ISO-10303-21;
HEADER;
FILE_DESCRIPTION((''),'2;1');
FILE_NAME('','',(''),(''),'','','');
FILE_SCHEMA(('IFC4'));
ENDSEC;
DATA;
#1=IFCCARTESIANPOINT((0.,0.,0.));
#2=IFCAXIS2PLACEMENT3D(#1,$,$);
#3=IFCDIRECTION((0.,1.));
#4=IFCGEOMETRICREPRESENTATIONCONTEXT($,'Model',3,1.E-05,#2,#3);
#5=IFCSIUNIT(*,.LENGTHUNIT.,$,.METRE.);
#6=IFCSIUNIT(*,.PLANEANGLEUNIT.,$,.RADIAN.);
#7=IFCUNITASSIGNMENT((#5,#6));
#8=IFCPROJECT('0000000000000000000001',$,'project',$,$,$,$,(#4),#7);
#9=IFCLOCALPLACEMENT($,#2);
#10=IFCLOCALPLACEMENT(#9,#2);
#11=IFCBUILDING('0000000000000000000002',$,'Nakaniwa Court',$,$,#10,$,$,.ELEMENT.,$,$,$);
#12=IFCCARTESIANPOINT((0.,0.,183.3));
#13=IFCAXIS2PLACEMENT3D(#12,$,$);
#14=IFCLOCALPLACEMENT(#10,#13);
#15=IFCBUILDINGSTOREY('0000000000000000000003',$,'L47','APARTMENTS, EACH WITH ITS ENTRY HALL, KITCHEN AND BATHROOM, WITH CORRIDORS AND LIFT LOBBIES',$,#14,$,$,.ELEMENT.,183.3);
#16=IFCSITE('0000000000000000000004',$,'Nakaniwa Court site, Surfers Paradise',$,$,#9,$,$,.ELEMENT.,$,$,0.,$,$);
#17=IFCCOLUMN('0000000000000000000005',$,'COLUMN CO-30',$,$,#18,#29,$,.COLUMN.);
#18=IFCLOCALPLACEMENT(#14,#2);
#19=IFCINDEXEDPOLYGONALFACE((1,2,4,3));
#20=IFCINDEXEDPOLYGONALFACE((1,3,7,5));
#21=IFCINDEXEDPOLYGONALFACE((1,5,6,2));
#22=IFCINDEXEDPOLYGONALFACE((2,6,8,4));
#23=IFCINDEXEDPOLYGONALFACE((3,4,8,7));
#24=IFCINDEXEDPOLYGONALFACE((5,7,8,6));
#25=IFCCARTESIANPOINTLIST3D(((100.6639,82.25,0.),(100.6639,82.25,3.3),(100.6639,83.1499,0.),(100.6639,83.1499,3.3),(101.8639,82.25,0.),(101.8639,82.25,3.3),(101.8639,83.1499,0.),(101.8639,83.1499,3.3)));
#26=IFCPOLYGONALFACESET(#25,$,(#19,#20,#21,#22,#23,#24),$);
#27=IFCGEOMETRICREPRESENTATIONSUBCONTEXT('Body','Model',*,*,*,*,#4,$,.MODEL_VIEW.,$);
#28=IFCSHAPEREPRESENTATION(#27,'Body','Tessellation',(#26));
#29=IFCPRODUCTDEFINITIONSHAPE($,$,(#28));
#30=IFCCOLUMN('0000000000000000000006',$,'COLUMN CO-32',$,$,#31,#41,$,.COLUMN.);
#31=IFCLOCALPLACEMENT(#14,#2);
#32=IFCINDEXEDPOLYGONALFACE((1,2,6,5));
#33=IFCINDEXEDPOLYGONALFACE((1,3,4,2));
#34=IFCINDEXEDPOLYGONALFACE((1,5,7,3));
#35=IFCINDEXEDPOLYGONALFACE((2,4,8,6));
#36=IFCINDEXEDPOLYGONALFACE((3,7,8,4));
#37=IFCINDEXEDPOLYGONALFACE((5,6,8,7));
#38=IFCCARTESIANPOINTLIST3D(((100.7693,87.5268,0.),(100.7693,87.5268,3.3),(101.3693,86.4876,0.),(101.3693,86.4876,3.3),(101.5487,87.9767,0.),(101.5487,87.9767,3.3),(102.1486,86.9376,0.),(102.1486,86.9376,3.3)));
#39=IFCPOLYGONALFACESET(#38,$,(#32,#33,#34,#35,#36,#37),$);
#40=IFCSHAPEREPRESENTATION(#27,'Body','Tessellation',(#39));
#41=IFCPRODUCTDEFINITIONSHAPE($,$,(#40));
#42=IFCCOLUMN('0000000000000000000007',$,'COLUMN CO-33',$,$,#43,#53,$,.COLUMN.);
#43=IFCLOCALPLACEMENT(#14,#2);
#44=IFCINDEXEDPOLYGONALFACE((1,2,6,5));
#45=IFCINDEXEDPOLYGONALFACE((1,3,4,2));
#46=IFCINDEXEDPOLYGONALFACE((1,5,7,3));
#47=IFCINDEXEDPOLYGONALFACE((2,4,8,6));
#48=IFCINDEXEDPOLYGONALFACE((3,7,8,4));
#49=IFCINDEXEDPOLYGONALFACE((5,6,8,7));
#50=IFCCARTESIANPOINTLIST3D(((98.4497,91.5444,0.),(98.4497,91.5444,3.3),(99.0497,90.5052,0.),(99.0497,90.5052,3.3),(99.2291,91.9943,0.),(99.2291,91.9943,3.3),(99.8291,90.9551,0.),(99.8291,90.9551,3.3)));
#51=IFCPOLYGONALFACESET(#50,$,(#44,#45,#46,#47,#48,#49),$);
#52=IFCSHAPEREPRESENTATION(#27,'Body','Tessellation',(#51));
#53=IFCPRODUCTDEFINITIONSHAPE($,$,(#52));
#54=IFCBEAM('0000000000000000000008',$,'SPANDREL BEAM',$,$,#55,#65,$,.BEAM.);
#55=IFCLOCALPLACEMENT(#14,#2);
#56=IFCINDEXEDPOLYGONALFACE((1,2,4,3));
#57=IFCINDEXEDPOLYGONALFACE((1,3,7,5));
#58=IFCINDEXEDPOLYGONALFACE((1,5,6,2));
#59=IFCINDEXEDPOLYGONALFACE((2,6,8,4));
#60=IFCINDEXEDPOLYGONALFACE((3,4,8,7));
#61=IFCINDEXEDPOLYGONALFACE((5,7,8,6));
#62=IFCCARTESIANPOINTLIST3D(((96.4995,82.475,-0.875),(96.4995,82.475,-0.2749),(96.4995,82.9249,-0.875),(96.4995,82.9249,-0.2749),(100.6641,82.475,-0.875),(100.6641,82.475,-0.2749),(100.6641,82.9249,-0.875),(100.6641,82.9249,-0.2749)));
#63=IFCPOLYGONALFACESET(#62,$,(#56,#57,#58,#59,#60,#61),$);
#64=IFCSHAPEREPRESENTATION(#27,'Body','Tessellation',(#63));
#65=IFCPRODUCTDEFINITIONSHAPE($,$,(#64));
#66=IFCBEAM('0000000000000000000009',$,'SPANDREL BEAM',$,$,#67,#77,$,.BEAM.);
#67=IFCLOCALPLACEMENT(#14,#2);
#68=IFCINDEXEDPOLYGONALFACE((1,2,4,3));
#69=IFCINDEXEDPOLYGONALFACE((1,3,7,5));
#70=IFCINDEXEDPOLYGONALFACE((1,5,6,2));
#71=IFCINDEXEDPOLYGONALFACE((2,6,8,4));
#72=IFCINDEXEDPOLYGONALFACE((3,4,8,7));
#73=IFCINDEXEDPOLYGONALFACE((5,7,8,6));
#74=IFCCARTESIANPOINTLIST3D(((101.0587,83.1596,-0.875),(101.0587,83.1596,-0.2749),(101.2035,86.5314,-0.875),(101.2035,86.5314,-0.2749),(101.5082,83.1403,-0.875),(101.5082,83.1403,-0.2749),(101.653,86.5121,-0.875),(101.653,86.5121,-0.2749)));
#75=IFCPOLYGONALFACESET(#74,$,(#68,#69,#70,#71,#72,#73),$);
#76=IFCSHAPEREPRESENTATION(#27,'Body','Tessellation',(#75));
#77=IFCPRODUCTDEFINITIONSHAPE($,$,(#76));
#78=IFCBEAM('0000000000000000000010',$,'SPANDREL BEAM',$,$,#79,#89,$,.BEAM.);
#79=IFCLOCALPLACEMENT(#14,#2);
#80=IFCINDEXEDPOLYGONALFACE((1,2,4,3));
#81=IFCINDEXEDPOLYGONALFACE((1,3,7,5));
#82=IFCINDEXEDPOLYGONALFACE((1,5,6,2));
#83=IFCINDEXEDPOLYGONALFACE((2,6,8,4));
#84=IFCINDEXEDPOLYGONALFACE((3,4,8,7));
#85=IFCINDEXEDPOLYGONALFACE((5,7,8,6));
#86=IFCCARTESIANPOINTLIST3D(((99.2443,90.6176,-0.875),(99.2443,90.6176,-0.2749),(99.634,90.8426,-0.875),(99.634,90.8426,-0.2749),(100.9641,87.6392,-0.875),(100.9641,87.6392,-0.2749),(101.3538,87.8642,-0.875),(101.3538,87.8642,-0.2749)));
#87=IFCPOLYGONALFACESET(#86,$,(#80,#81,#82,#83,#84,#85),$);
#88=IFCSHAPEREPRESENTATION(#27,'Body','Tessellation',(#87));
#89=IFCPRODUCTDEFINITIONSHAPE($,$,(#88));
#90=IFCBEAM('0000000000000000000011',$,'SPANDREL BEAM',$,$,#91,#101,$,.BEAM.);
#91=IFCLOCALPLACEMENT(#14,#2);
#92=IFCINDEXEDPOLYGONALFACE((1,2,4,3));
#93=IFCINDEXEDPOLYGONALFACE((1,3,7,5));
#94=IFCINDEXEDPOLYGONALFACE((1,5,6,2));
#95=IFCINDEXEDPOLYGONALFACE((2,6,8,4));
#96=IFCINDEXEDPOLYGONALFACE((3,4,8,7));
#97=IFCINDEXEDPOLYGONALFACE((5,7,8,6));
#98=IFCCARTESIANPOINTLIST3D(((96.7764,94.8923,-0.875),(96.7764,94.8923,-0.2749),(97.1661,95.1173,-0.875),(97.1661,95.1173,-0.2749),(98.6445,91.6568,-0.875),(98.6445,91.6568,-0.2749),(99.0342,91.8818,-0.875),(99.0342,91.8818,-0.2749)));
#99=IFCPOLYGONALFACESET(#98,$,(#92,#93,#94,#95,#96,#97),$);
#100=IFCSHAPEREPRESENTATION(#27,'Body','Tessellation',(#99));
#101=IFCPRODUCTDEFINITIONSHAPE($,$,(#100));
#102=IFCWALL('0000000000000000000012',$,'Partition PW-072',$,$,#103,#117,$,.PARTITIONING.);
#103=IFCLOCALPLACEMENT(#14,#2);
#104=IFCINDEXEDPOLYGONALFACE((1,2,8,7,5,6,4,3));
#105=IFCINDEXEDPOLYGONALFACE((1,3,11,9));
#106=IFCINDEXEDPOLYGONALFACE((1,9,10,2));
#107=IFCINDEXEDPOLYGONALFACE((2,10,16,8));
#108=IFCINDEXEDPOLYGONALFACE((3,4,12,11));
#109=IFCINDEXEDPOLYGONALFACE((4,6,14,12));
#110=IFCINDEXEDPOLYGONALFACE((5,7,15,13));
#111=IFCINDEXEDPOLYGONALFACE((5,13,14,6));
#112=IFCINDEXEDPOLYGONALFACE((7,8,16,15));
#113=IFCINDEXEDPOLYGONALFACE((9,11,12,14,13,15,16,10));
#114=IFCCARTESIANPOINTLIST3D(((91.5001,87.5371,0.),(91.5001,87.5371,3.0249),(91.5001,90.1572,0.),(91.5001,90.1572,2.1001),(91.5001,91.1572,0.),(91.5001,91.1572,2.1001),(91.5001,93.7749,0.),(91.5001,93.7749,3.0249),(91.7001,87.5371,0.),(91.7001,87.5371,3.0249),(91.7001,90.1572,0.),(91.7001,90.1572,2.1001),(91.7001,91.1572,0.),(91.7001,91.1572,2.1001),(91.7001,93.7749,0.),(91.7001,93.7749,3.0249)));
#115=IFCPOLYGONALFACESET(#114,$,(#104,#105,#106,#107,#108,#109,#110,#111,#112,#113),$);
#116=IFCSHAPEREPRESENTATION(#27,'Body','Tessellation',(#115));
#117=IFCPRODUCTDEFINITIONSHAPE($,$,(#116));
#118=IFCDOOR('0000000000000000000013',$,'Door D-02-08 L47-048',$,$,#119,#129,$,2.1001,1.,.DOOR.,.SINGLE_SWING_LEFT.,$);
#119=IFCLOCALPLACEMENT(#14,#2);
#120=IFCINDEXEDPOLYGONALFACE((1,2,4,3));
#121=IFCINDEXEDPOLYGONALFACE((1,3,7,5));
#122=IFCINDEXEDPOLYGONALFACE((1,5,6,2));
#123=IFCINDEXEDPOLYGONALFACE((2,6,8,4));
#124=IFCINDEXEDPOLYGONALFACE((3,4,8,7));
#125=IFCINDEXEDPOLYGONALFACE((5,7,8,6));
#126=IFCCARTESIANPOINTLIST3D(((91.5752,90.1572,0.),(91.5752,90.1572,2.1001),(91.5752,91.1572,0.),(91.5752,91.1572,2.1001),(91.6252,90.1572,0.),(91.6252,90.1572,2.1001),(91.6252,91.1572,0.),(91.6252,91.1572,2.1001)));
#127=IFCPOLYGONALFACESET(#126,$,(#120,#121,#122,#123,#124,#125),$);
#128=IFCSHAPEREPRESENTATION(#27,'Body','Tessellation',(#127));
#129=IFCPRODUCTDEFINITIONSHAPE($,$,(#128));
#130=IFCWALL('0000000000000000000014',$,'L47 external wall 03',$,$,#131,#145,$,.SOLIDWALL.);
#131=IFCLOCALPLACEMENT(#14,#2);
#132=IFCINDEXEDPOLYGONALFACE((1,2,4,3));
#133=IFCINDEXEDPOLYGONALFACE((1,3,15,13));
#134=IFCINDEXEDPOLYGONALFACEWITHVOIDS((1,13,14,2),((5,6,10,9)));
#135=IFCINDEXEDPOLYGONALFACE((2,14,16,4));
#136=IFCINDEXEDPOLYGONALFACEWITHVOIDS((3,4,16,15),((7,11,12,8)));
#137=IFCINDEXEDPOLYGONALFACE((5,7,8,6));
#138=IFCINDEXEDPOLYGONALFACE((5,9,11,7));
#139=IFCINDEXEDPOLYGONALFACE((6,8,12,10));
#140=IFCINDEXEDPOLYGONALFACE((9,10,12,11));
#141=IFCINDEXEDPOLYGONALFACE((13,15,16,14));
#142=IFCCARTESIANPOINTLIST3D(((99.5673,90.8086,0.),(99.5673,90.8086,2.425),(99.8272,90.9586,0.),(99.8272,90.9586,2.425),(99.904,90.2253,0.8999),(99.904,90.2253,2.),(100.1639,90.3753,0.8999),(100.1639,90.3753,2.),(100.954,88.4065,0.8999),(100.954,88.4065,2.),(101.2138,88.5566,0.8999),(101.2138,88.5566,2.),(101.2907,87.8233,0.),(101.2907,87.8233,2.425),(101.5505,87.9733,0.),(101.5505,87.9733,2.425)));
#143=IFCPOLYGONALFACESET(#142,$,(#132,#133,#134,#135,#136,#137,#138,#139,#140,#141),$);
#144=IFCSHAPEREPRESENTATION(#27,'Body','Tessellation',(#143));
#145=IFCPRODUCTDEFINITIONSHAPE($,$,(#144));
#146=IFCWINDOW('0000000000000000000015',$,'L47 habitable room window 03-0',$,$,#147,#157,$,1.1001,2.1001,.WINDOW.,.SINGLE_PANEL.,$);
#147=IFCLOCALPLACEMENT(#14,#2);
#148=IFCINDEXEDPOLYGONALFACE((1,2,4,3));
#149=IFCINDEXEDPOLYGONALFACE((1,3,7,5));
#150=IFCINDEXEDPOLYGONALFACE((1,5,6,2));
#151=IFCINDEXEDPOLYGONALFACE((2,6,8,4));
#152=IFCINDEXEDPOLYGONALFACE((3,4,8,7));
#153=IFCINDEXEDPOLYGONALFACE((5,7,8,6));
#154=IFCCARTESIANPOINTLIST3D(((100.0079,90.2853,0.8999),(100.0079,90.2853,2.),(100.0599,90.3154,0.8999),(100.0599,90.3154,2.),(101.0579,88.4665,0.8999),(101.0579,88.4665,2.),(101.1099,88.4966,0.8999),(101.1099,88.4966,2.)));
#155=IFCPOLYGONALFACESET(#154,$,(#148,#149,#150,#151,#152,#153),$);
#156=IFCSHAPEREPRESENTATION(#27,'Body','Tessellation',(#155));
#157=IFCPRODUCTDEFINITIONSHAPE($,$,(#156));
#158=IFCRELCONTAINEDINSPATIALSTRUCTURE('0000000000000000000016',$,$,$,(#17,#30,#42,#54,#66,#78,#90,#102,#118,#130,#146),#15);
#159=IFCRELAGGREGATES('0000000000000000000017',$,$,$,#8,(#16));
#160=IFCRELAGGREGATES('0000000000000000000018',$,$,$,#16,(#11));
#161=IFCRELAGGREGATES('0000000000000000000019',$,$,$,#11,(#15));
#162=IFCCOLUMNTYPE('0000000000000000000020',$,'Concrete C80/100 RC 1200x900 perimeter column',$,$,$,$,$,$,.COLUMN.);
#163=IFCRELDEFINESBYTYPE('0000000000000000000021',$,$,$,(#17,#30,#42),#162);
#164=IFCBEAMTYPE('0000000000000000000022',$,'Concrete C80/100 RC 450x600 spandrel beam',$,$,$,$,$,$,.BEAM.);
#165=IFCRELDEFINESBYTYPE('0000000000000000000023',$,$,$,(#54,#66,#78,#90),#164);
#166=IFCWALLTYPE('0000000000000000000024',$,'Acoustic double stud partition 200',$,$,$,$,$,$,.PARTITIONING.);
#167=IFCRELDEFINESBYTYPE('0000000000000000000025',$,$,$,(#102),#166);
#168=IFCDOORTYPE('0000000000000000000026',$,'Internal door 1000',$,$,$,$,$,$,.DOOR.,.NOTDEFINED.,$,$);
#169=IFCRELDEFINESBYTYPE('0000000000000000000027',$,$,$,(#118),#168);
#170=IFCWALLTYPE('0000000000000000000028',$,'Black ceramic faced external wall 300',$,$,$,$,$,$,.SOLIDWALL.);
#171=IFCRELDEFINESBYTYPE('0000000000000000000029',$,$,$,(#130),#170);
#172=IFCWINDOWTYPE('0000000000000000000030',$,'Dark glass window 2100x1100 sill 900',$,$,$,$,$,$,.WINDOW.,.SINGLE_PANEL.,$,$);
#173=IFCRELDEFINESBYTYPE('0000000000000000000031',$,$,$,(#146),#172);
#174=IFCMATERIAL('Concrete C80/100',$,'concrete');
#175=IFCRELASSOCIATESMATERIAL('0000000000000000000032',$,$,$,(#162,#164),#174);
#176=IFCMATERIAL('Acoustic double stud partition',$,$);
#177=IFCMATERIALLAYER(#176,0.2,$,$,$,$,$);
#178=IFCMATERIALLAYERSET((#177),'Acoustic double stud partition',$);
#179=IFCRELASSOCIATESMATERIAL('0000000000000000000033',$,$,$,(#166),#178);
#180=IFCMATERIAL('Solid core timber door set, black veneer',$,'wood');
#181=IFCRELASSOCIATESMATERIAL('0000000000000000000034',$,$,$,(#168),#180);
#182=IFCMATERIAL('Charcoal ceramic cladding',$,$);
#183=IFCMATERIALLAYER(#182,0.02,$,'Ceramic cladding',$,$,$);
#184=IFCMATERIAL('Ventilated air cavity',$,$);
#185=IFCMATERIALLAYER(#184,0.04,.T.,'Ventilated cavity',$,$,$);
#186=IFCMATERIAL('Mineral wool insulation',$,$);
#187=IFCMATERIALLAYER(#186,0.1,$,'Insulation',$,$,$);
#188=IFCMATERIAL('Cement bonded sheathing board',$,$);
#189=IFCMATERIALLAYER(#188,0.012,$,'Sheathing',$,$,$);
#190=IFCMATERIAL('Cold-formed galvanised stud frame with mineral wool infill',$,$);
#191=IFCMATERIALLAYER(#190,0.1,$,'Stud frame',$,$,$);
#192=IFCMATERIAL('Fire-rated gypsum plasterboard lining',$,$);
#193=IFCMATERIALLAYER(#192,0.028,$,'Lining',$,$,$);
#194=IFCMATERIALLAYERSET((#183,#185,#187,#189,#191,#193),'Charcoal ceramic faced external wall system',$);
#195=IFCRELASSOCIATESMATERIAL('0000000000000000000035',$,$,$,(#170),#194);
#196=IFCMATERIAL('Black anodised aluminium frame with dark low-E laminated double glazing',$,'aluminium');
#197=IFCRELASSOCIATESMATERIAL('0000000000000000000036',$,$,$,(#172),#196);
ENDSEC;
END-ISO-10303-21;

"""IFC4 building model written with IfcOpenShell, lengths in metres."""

from ifc_helpers import new_model, si_unit, direction, frame, frame_2d, origin, origin_2d, place, context, subcontext, project, spatial, rectangle, extrude, material, layer, layer_set, material_profile, profile_set, type_object, element, fill, save


model = new_model("IFC4")

# Units and contexts
model_context = context("Model", 3, precision=1e-05, world=origin(), true_north=direction((0.0, 1.0)))
body_context = subcontext(model_context, "Body", "Model", "MODEL_VIEW")
ifc_project = project(units=[si_unit("LENGTHUNIT", "METRE"), si_unit("PLANEANGLEUNIT", "RADIAN")], contexts=[model_context])

# Site, building, storey
site_placement = place(None, origin())
site = spatial("IfcSite", under=ifc_project, at=site_placement, Name="Nakaniwa Court site, Surfers Paradise", CompositionType="ELEMENT", RefElevation=0.0)
building_placement = place(site_placement, origin())
building = spatial("IfcBuilding", under=site, at=building_placement, Name="Nakaniwa Court", CompositionType="ELEMENT")
storey_placement = place(building_placement, frame((0.0, 0.0, 183.3)))
storey = spatial("IfcBuildingStorey", under=building, at=storey_placement, Name="L47", Description="APARTMENTS, EACH WITH ITS ENTRY HALL, KITCHEN AND BATHROOM, WITH CORRIDORS AND LIFT LOBBIES", CompositionType="ELEMENT", Elevation=183.3)

# Columns
ifc_material_1 = material(Name="Concrete C80/100", Category="concrete")
ifc_material_profile_1 = material_profile(ifc_material_1, rectangle(XDim=1.2, YDim=0.8999, at=origin_2d()), Name="Concrete C80/100 RC 1200x900 perimeter column")
ifc_profile_set_1 = profile_set([ifc_material_profile_1], Name="Concrete C80/100")
column_type = type_object("IfcColumnType", Name="Concrete C80/100 RC 1200x900 perimeter column", PredefinedType="COLUMN", material=ifc_profile_set_1)
for number, where, z_axis, x_axis, name in (
    (1, (101.2639, 82.7, 0.0), (0.0, 0.0, 1.0), (1.0, 0.0, 0.0), "COLUMN CO-30"),
    (2, (101.459, 87.2322, 0.0), (0.0, 0.0, 1.0), (-0.5, 0.866025, 0.0), "COLUMN CO-32"),
    (3, (99.1394, 91.2498, 0.0), (0.0, 0.0, 1.0), (-0.5, 0.866025, 0.0), "COLUMN CO-33"),
):
    element("IfcColumn", number, at=place(storey_placement, frame(where, z_axis=z_axis, x_axis=x_axis)), inside=storey, type_object=column_type, Name=name, PredefinedType="COLUMN", context=body_context, shape_type="SweptSolid", body=[
        extrude(rectangle(XDim=1.2, YDim=0.8999, at=origin_2d()), origin(), (0.0, 0.0, 1.0), 3.3),
    ])

# Beams
ifc_material_profile_2 = material_profile(ifc_material_1, rectangle(XDim=0.45, YDim=0.6001, at=origin_2d()), Name="Concrete C80/100 RC 450x600 spandrel beam")
ifc_profile_set_2 = profile_set([ifc_material_profile_2], Name="Concrete C80/100")
beam_type = type_object("IfcBeamType", Name="Concrete C80/100 RC 450x600 spandrel beam", PredefinedType="BEAM", material=ifc_profile_set_2)
beam_1_placement = place(storey_placement, frame((96.4995, 82.7, -0.575), z_axis=(1.0, 0.0, 0.0), x_axis=(0.0, 1.0, 0.0)))
element("IfcBeam", 4, at=beam_1_placement, inside=storey, type_object=beam_type, Name="SPANDREL BEAM", PredefinedType="BEAM", context=body_context, shape_type="SweptSolid", body=[
    extrude(rectangle(XDim=0.45, YDim=0.6001, at=origin_2d()), origin(), (0.0, 0.0, 1.0), 4.1646),
])
beam_2_placement = place(storey_placement, frame((101.2834, 83.1499, -0.575), z_axis=(0.042897, 0.999079, 0.0), x_axis=(-0.999079, 0.042897, 0.0)))
element("IfcBeam", 5, at=beam_2_placement, inside=storey, type_object=beam_type, Name="SPANDREL BEAM", PredefinedType="BEAM", context=body_context, shape_type="SweptSolid", body=[
    extrude(rectangle(XDim=0.45, YDim=0.6001, at=origin_2d()), origin(), (0.0, 0.0, 1.0), 3.375),
])
beam_3_placement = place(storey_placement, frame((101.1589, 87.7517, -0.575), z_axis=(-0.500048, 0.865998, 0.0), x_axis=(-0.865998, -0.500048, 0.0)))
element("IfcBeam", 6, at=beam_3_placement, inside=storey, type_object=beam_type, Name="SPANDREL BEAM", PredefinedType="BEAM", context=body_context, shape_type="SweptSolid", body=[
    extrude(rectangle(XDim=0.45, YDim=0.6001, at=origin_2d()), origin(), (0.0, 0.0, 1.0), 3.4392),
])
beam_4_placement = place(storey_placement, frame((98.8394, 91.7693, -0.575), z_axis=(-0.500018, 0.866015, 0.0), x_axis=(-0.866015, -0.500018, 0.0)))
element("IfcBeam", 7, at=beam_4_placement, inside=storey, type_object=beam_type, Name="SPANDREL BEAM", PredefinedType="BEAM", context=body_context, shape_type="SweptSolid", body=[
    extrude(rectangle(XDim=0.45, YDim=0.6001, at=origin_2d()), origin(), (0.0, 0.0, 1.0), 3.7361),
])

# Wall, opening, door
ifc_material_2 = material(Name="Acoustic double stud partition")
ifc_layer_1 = layer(ifc_material_2, 0.2)
ifc_layer_set_1 = layer_set([ifc_layer_1], Name="Acoustic double stud partition")
wall_type_1 = type_object("IfcWallType", Name="Acoustic double stud partition 200", PredefinedType="PARTITIONING", material=ifc_layer_set_1)
wall_1_placement = place(storey_placement, frame((91.6001, 87.5371, 0.0), z_axis=(0.0, 0.0, 1.0), x_axis=(0.0, 1.0, 0.0)))
wall_1 = element("IfcWall", 8, at=wall_1_placement, inside=storey, type_object=wall_type_1, Name="Partition PW-072", PredefinedType="PARTITIONING", context=body_context, shape_type="SweptSolid", body=[
    extrude(rectangle(XDim=6.2378, YDim=0.2, at=frame_2d((3.1189, 0.0))), origin(), (0.0, 0.0, 1.0), 3.0249),
])
opening_1_placement = place(wall_1_placement, frame((2.6201, 0.0, 0.0)))
opening_1 = element("IfcOpeningElement", 9, at=opening_1_placement, cuts=wall_1, PredefinedType="OPENING", context=body_context, shape_type="SweptSolid", body=[
    extrude(rectangle(XDim=1.0, YDim=2.1001, at=frame_2d((0.5, 1.05))), frame((0.0, 0.1099, 0.0), z_axis=(0.0, -1.0, 0.0), x_axis=(1.0, 0.0, 0.0)), (0.0, 0.0, 1.0), 0.22),
])
ifc_material_3 = material(Name="Solid core timber door set, black veneer", Category="wood")
door_type_1 = type_object("IfcDoorType", Name="Internal door 1000", OperationType="NOTDEFINED", PredefinedType="DOOR", material=ifc_material_3)
door_1_placement = place(opening_1_placement, origin())
door_1 = element("IfcDoor", 10, at=door_1_placement, inside=storey, type_object=door_type_1, Name="Door D-02-08 L47-048", OperationType="SINGLE_SWING_LEFT", OverallHeight=2.1001, OverallWidth=1.0, PredefinedType="DOOR", context=body_context, shape_type="SweptSolid", body=[
    extrude(rectangle(XDim=1.0, YDim=2.1001, at=frame_2d((0.5, 1.05))), frame((0.0, 0.0249, 0.0), z_axis=(0.0, -1.0, 0.0), x_axis=(1.0, 0.0, 0.0)), (0.0, 0.0, 1.0), 0.05),
])
fill(opening_1, door_1)

# Wall, opening, window
ifc_material_4 = material(Name="Charcoal ceramic cladding")
ifc_layer_2 = layer(ifc_material_4, 0.02, Name="Ceramic cladding")
ifc_material_5 = material(Name="Ventilated air cavity")
ifc_layer_3 = layer(ifc_material_5, 0.04, ventilated=True, Name="Ventilated cavity")
ifc_material_6 = material(Name="Mineral wool insulation")
ifc_layer_4 = layer(ifc_material_6, 0.1, Name="Insulation")
ifc_material_7 = material(Name="Cement bonded sheathing board")
ifc_layer_5 = layer(ifc_material_7, 0.012, Name="Sheathing")
ifc_material_8 = material(Name="Cold-formed galvanised stud frame with mineral wool infill")
ifc_layer_6 = layer(ifc_material_8, 0.1, Name="Stud frame")
ifc_material_9 = material(Name="Fire-rated gypsum plasterboard lining")
ifc_layer_7 = layer(ifc_material_9, 0.028, Name="Lining")
ifc_layer_set_2 = layer_set([ifc_layer_2, ifc_layer_3, ifc_layer_4, ifc_layer_5, ifc_layer_6, ifc_layer_7], Name="Charcoal ceramic faced external wall system")
wall_type_2 = type_object("IfcWallType", Name="Black ceramic faced external wall 300", PredefinedType="SOLIDWALL", material=ifc_layer_set_2)
wall_2_placement = place(storey_placement, frame((101.4207, 87.8982, 0.0), z_axis=(0.0, 0.0, 1.0), x_axis=(-0.499955, 0.866051, 0.0)))
wall_2 = element("IfcWall", 11, at=wall_2_placement, inside=storey, type_object=wall_type_2, Name="L47 external wall 03", PredefinedType="SOLIDWALL", context=body_context, shape_type="SweptSolid", body=[
    extrude(rectangle(XDim=3.447, YDim=0.3, at=frame_2d((1.7236, 0.0))), origin(), (0.0, 0.0, 1.0), 2.425),
])
opening_2_placement = place(wall_2_placement, frame((0.6736, 0.0, 0.8999)))
opening_2 = element("IfcOpeningElement", 12, at=opening_2_placement, cuts=wall_2, PredefinedType="OPENING", context=body_context, shape_type="SweptSolid", body=[
    extrude(rectangle(XDim=2.1001, YDim=1.1001, at=frame_2d((1.05, 0.55))), frame((0.0, 0.1599, 0.0), z_axis=(0.0, -1.0, 0.0), x_axis=(1.0, 0.0, 0.0)), (0.0, 0.0, 1.0), 0.3201),
])
ifc_material_10 = material(Name="Black anodised aluminium frame with dark low-E laminated double glazing", Category="aluminium")
window_type = type_object("IfcWindowType", Name="Dark glass window 2100x1100 sill 900", PartitioningType="SINGLE_PANEL", PredefinedType="WINDOW", material=ifc_material_10)
window_1_placement = place(opening_2_placement, origin())
window_1 = element("IfcWindow", 13, at=window_1_placement, inside=storey, type_object=window_type, Name="L47 habitable room window 03-0", OverallHeight=1.1001, OverallWidth=2.1001, PartitioningType="SINGLE_PANEL", PredefinedType="WINDOW", context=body_context, shape_type="SweptSolid", body=[
    extrude(rectangle(XDim=2.1001, YDim=1.1001, at=frame_2d((1.05, 0.55))), frame((0.0, 0.03, 0.0), z_axis=(0.0, -1.0, 0.0), x_axis=(1.0, 0.0, 0.0)), (0.0, 0.0, 1.0), 0.0601),
])
fill(opening_2, window_1)

save(model, "model.ifc")
